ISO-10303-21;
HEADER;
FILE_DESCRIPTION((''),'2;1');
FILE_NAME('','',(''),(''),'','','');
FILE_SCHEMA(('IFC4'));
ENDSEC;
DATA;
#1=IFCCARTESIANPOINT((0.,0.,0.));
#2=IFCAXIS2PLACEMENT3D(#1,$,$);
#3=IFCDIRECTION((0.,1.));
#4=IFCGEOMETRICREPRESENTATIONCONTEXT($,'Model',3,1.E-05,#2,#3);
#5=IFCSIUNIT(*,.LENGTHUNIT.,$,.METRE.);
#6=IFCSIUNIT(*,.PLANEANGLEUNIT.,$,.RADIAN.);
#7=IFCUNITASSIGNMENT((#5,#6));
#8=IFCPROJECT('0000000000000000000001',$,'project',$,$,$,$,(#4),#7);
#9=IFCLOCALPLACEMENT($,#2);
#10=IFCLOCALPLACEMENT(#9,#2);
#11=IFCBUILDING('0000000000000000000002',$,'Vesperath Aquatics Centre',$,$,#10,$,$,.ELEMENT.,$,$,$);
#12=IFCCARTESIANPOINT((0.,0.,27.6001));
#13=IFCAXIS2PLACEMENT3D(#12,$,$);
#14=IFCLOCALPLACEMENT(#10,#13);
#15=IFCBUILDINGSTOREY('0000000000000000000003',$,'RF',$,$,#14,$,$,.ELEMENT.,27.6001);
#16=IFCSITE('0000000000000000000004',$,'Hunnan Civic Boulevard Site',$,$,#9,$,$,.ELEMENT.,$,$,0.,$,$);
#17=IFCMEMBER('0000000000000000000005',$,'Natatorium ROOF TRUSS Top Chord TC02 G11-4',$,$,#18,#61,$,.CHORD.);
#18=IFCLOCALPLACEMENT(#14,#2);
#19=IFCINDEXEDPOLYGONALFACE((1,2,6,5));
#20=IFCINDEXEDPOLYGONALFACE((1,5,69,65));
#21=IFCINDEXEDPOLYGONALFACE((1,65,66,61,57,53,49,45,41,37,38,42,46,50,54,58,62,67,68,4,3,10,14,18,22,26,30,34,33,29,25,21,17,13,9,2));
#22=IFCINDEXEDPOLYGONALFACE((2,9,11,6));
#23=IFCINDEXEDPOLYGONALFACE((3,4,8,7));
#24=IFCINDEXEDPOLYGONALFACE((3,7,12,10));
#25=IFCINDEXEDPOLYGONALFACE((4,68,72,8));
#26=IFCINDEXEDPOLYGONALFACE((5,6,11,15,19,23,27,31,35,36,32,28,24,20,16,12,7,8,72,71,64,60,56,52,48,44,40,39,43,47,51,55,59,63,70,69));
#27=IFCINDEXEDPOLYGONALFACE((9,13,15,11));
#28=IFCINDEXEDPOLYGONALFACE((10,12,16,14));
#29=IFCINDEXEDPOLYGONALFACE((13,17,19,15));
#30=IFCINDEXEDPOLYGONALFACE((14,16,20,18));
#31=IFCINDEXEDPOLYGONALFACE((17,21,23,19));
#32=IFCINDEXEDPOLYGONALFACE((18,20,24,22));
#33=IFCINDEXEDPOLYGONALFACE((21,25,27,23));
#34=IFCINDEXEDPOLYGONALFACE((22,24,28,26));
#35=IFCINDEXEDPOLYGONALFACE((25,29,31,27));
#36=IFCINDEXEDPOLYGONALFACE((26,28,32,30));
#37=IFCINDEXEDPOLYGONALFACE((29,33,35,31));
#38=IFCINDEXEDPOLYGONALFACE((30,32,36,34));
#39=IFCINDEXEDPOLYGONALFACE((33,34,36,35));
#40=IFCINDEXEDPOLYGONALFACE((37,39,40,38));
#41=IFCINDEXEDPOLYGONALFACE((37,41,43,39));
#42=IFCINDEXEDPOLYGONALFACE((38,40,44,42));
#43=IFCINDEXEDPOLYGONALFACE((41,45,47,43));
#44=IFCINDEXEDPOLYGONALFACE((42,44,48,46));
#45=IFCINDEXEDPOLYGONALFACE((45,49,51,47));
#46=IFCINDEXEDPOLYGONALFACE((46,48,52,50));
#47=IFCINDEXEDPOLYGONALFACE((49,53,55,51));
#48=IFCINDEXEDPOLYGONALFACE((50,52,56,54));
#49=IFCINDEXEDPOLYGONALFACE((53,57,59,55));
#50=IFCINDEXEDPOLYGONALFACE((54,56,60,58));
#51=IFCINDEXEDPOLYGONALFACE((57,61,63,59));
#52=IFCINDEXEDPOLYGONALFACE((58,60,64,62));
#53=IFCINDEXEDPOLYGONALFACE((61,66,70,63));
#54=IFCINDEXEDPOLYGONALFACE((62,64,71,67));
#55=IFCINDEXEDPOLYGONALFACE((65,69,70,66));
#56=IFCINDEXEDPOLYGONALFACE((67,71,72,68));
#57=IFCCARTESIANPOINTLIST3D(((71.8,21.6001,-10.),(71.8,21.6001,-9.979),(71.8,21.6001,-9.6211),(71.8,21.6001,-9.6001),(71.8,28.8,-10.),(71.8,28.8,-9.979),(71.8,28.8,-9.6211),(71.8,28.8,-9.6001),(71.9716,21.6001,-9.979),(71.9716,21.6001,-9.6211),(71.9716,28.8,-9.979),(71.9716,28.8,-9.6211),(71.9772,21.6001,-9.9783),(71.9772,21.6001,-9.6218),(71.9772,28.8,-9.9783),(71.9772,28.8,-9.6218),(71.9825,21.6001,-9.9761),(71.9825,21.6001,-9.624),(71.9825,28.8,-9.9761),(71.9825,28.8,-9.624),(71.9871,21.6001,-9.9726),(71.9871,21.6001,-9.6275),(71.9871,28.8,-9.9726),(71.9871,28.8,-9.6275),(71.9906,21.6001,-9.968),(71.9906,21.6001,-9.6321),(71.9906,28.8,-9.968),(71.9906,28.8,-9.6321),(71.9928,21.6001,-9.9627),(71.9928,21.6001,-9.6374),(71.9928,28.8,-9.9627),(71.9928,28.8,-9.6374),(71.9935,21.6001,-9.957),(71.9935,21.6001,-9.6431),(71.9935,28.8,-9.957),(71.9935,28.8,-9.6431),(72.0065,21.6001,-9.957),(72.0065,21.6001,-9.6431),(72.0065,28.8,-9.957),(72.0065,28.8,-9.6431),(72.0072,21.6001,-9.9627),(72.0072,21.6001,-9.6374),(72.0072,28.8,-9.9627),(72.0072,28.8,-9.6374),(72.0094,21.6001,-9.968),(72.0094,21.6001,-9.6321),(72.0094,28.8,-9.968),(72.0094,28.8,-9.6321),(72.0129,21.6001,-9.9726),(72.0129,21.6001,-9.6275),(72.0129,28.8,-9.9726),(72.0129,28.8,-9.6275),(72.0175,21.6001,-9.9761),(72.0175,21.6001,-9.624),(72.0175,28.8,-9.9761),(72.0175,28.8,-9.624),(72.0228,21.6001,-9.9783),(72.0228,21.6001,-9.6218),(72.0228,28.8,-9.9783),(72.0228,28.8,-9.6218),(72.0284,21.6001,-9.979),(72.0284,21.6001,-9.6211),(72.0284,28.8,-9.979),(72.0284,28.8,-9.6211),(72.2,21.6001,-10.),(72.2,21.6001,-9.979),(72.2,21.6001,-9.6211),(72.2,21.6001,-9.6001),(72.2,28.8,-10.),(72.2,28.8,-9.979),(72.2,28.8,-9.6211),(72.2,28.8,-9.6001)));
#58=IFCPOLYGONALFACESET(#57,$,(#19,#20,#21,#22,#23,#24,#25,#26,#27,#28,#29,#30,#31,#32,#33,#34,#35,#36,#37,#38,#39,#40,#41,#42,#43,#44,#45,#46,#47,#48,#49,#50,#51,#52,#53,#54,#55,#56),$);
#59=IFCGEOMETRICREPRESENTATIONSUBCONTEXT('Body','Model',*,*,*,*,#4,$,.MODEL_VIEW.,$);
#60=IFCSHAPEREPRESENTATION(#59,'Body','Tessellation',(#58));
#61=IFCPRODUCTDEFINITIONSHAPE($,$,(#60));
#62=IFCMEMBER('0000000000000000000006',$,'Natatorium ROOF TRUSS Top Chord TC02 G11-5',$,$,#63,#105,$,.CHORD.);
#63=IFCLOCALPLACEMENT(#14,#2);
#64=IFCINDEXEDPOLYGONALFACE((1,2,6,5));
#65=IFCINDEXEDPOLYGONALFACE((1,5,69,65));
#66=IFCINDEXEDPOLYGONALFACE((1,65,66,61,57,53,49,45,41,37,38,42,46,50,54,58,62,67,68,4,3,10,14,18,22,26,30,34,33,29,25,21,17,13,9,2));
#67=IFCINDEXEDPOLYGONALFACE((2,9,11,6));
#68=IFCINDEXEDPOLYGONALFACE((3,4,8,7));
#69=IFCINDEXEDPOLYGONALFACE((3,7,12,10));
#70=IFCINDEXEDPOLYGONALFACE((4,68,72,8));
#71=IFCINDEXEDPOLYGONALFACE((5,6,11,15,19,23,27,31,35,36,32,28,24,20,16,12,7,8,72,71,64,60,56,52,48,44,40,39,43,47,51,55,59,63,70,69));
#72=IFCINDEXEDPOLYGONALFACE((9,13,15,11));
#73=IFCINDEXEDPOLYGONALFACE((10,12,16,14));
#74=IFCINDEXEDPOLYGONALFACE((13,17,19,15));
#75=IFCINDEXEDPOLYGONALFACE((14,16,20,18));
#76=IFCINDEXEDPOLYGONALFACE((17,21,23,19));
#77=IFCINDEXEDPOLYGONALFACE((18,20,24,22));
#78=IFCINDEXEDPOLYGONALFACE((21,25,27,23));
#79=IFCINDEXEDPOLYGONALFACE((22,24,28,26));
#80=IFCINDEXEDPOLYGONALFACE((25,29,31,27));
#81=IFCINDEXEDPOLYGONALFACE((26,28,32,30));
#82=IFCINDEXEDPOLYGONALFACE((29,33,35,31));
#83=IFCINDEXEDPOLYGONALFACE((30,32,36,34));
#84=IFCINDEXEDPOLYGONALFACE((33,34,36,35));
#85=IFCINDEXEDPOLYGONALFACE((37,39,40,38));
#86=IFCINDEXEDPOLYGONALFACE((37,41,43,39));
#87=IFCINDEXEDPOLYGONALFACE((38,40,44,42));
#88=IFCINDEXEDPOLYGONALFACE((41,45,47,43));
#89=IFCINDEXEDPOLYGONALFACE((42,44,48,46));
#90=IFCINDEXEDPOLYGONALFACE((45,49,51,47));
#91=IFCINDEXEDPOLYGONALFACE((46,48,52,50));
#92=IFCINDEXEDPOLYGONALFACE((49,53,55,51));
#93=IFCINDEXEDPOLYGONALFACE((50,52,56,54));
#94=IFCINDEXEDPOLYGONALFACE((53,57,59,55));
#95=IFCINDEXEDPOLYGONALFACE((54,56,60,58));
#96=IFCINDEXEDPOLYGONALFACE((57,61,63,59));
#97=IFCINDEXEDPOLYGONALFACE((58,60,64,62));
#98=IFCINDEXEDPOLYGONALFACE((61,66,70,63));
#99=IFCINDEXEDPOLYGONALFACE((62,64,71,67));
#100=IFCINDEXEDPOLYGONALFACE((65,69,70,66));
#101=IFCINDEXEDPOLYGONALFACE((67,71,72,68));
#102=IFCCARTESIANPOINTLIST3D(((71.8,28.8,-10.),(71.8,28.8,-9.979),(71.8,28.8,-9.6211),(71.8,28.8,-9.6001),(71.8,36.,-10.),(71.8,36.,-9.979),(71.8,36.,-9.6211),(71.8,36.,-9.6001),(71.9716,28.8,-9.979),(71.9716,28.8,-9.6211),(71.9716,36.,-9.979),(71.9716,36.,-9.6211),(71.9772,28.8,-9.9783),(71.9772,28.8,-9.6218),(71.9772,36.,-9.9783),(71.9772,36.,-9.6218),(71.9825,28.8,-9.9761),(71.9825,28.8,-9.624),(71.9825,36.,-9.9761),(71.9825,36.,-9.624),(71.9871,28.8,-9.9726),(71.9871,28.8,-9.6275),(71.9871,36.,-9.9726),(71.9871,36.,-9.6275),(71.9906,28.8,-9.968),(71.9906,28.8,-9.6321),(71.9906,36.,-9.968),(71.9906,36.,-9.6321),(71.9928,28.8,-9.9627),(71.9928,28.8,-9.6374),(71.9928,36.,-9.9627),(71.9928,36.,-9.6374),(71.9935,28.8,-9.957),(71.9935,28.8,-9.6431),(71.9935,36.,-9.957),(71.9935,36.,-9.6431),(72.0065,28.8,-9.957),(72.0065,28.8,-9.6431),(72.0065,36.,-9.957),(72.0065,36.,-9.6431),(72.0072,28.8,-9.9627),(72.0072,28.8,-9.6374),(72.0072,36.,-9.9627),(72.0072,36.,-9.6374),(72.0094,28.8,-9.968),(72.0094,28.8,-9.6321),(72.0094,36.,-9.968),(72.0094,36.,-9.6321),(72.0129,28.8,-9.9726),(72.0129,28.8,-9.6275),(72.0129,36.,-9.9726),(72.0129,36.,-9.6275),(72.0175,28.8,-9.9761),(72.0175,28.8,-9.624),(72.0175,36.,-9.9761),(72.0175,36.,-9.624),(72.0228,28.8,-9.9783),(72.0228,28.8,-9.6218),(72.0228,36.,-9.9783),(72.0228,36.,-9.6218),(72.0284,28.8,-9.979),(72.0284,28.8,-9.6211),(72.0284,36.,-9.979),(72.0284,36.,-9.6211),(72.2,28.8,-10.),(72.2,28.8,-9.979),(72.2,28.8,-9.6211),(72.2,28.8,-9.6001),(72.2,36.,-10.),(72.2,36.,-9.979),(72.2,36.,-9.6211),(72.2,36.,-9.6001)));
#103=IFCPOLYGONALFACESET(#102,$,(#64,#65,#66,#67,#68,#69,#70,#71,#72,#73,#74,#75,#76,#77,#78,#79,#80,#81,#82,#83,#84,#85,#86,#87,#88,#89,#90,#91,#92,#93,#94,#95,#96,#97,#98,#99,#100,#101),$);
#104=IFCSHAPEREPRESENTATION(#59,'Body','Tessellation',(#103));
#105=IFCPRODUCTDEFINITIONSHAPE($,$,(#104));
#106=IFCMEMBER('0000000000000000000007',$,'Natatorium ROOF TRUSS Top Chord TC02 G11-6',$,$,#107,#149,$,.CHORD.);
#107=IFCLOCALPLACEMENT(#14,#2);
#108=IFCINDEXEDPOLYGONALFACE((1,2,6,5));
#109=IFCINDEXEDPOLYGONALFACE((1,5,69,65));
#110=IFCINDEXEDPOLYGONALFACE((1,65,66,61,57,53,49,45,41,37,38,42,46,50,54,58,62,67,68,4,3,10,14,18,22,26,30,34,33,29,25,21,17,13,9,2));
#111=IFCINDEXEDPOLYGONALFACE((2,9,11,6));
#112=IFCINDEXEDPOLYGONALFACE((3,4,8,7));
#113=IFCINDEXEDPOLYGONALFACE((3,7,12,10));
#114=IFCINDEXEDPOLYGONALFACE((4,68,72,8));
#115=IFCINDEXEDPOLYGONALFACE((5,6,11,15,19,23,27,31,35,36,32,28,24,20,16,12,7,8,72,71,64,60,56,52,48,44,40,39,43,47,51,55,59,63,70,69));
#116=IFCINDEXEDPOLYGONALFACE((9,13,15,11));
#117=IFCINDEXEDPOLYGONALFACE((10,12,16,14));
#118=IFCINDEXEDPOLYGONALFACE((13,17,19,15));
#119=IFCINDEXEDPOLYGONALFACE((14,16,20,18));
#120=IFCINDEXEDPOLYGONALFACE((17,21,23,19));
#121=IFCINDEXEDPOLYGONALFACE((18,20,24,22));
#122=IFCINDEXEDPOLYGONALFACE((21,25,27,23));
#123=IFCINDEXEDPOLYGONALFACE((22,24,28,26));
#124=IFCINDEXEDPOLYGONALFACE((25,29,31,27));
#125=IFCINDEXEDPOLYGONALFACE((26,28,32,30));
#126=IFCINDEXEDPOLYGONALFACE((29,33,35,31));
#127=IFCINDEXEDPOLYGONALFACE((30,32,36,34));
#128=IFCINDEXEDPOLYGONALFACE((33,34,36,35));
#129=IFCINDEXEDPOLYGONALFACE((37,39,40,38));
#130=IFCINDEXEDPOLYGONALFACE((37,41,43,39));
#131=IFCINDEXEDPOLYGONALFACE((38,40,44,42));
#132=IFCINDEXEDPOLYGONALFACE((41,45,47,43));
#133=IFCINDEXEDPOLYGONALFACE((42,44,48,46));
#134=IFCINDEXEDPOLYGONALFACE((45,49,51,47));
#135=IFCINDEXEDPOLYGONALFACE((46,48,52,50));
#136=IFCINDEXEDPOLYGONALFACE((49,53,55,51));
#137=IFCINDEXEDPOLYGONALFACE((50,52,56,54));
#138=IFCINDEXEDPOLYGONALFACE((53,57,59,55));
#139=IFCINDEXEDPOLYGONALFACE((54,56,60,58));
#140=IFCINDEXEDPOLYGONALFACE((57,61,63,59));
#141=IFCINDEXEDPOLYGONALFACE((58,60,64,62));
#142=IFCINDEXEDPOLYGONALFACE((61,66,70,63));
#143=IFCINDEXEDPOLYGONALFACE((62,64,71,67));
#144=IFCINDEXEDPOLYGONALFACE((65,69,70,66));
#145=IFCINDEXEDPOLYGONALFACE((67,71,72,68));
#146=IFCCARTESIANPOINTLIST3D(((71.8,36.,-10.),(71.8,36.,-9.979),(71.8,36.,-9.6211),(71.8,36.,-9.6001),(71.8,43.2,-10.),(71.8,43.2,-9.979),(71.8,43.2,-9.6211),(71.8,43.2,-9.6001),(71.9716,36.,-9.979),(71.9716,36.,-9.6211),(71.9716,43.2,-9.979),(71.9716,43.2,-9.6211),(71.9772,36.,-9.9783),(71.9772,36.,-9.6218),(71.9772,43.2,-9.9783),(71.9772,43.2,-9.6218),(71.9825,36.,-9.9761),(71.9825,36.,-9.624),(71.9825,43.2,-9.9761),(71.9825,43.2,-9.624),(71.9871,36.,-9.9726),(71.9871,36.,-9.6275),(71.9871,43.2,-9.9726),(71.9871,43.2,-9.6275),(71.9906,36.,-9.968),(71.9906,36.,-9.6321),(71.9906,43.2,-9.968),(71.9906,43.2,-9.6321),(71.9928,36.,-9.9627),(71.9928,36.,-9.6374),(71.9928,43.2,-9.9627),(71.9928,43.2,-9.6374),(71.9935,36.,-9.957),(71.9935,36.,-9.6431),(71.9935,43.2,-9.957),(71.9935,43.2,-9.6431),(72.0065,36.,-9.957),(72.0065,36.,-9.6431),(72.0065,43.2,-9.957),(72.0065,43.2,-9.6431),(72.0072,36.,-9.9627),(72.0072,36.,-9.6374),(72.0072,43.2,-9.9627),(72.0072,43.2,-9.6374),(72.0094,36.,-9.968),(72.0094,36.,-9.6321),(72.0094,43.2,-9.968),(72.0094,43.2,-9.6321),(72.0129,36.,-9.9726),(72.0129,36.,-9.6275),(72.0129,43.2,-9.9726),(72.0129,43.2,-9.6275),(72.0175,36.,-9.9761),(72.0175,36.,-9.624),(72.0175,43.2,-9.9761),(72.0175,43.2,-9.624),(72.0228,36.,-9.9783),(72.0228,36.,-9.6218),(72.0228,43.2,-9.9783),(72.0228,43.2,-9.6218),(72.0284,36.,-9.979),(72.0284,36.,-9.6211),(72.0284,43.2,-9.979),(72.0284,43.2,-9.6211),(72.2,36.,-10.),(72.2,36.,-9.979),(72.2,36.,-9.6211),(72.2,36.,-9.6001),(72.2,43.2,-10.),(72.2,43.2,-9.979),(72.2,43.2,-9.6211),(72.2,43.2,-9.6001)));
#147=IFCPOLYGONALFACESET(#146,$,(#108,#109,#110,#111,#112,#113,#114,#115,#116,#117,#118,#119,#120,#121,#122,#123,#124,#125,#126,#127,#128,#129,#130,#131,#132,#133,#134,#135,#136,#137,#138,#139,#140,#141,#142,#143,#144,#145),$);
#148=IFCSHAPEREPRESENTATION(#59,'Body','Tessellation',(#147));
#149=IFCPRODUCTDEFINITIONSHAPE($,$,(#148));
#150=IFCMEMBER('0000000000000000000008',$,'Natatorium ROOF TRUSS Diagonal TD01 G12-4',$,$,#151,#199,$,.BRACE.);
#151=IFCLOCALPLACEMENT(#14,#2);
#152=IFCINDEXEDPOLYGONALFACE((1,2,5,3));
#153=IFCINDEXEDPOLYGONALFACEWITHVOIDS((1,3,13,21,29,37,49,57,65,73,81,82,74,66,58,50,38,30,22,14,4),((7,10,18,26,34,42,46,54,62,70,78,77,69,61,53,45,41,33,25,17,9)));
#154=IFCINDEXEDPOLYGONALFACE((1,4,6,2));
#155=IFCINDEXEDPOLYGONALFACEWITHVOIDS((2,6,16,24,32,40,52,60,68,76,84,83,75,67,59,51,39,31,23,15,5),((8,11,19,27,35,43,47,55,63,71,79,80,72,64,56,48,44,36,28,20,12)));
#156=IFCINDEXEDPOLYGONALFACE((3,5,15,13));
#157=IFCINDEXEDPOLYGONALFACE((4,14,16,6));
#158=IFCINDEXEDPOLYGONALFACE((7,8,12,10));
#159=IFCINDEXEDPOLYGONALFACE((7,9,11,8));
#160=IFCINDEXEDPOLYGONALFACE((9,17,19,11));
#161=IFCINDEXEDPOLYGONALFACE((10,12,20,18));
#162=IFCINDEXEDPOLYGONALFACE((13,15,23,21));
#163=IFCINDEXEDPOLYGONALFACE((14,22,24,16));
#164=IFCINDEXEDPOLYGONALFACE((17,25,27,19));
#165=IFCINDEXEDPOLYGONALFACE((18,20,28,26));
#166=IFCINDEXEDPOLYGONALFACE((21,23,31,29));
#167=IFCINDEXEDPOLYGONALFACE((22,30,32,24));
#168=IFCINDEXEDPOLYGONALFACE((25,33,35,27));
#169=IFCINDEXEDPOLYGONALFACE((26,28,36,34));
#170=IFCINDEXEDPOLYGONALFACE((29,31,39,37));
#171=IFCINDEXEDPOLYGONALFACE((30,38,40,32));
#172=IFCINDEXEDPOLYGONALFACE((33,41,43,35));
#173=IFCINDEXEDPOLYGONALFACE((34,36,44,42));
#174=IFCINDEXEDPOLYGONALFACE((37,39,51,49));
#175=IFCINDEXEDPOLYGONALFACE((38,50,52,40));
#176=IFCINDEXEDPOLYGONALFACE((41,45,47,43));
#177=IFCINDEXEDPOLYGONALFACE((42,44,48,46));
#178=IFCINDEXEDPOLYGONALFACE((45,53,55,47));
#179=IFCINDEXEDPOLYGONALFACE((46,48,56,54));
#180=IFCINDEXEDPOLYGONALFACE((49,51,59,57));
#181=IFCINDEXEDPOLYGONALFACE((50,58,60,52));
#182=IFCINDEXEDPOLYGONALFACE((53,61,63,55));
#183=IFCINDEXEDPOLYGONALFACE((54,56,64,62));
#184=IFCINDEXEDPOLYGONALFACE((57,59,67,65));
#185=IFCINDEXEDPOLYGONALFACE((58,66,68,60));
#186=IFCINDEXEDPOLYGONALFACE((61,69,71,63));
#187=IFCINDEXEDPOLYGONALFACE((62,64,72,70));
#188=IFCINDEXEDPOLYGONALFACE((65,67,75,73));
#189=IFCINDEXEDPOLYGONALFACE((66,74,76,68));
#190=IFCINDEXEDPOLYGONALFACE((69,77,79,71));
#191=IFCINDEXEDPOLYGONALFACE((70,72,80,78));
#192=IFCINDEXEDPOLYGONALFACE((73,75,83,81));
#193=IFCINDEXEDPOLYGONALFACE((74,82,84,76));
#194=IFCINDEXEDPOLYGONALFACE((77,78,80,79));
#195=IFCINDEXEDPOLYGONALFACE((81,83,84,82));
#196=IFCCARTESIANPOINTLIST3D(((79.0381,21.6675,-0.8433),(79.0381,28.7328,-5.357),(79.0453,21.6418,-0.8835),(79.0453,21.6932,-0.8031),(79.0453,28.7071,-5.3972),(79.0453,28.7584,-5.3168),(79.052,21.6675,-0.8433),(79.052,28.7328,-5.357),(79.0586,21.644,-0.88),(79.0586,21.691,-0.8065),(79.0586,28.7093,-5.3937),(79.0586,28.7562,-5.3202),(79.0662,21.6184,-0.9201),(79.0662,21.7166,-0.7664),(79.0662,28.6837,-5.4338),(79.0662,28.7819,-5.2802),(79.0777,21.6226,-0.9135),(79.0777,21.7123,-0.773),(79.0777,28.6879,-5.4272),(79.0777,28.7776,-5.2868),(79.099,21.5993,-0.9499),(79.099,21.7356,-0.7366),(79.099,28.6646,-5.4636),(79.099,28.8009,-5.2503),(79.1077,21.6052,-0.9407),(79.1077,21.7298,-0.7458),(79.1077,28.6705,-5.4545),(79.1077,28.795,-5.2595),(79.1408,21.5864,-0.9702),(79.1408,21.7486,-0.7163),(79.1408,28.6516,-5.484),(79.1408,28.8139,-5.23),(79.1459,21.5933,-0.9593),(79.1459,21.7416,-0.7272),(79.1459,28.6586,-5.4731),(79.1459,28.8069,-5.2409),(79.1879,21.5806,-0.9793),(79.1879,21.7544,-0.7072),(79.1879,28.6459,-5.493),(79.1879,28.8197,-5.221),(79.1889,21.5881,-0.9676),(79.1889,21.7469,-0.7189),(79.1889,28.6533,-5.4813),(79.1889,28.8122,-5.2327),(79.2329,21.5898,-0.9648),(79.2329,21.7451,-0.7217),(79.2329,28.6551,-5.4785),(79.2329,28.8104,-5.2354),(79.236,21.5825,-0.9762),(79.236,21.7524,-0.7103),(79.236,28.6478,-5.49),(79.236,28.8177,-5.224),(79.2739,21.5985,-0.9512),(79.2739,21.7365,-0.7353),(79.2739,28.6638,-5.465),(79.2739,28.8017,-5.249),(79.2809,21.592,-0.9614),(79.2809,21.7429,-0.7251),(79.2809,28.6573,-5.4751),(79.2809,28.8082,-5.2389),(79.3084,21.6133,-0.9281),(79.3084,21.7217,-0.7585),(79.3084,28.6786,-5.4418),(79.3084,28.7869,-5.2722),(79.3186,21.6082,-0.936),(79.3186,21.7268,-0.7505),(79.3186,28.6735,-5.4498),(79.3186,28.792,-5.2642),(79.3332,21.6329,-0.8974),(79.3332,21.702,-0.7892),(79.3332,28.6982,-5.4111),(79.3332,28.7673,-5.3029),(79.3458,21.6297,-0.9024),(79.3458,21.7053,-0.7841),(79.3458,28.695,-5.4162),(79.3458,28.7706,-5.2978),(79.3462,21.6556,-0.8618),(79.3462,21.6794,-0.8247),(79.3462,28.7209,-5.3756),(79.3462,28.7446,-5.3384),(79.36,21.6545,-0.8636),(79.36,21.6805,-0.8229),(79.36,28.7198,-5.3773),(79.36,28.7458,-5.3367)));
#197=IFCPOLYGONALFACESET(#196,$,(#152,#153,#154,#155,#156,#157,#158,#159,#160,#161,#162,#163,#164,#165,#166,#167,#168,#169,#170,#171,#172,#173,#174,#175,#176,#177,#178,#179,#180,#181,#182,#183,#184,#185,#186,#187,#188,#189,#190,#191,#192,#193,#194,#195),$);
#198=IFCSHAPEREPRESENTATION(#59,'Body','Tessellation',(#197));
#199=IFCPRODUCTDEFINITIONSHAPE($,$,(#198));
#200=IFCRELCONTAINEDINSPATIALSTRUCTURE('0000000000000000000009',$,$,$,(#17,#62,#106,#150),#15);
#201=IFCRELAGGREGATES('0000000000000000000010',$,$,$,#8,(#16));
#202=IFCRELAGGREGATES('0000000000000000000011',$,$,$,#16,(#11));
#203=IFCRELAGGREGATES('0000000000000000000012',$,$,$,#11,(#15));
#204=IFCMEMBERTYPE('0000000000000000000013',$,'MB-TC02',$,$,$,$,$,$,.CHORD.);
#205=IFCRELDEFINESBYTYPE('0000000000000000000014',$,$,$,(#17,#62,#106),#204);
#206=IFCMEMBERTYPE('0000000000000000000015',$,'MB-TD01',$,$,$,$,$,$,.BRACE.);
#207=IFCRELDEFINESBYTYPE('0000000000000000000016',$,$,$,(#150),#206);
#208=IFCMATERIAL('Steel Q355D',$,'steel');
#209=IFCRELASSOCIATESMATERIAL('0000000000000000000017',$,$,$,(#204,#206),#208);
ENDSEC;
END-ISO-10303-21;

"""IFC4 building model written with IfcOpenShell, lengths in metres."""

from ifc_helpers import new_model, si_unit, direction, frame, origin, origin_2d, place, context, subcontext, project, spatial, hollow_circle, i_section, extrude, material, material_profile, profile_set, type_object, element, save


model = new_model("IFC4")

# Units and contexts
model_context = context("Model", 3, precision=1e-05, world=origin(), true_north=direction((0.0, 1.0)))
body_context = subcontext(model_context, "Body", "Model", "MODEL_VIEW")
ifc_project = project(units=[si_unit("LENGTHUNIT", "METRE"), si_unit("PLANEANGLEUNIT", "RADIAN")], contexts=[model_context])

# Site, building, storey
site_placement = place(None, origin())
site = spatial("IfcSite", under=ifc_project, at=site_placement, Name="Hunnan Civic Boulevard Site", CompositionType="ELEMENT", RefElevation=0.0)
building_placement = place(site_placement, origin())
building = spatial("IfcBuilding", under=site, at=building_placement, Name="Vesperath Aquatics Centre", CompositionType="ELEMENT")
storey_placement = place(building_placement, frame((0.0, 0.0, 27.6001)))
storey = spatial("IfcBuildingStorey", under=building, at=storey_placement, Name="RF", CompositionType="ELEMENT", Elevation=27.6001)

# Members
ifc_material_1 = material(Name="Steel Q355D", Category="steel")
ifc_material_profile_1 = material_profile(ifc_material_1, i_section(OverallWidth=0.3999, OverallDepth=0.3999, WebThickness=0.0129, FlangeThickness=0.021, FilletRadius=0.022, at=origin_2d()), Name="HW 400x400x13x21")
ifc_profile_set_1 = profile_set([ifc_material_profile_1], Name="Steel Q355D")
member_type_1 = type_object("IfcMemberType", Name="MB-TC02", PredefinedType="CHORD", material=ifc_profile_set_1)
for number, where, z_axis, x_axis, name in (
    (1, (72.0, 21.6001, -9.8), (0.0, 1.0, 0.0), (-1.0, 0.0, 0.0), "Natatorium ROOF TRUSS Top Chord TC02 G11-4"),
    (2, (72.0, 28.8, -9.8), (0.0, 1.0, 0.0), (-1.0, 0.0, 0.0), "Natatorium ROOF TRUSS Top Chord TC02 G11-5"),
    (3, (72.0, 36.0, -9.8), (0.0, 1.0, 0.0), (-1.0, 0.0, 0.0), "Natatorium ROOF TRUSS Top Chord TC02 G11-6"),
):
    element("IfcMember", number, at=place(storey_placement, frame(where, z_axis=z_axis, x_axis=x_axis)), inside=storey, type_object=member_type_1, Name=name, PredefinedType="CHORD", context=body_context, shape_type="SweptSolid", body=[
        extrude(i_section(OverallWidth=0.3999, OverallDepth=0.3999, WebThickness=0.0129, FlangeThickness=0.021, FilletRadius=0.022, at=origin_2d()), origin(), (0.0, 0.0, 1.0), 7.2),
    ])
ifc_material_profile_2 = material_profile(ifc_material_1, hollow_circle(Radius=0.1619, WallThickness=0.0139, at=origin_2d()), Name="CHS 323.9x14")
ifc_profile_set_2 = profile_set([ifc_material_profile_2], Name="Steel Q355D")
member_type_2 = type_object("IfcMemberType", Name="MB-TD01", PredefinedType="BRACE", material=ifc_profile_set_2)
for number, where, z_axis, x_axis, name in (
    (4, (79.2, 21.6675, -0.8433), (0.0, 0.842707, -0.538373), (-1.0, 0.0, 0.0), "Natatorium ROOF TRUSS Diagonal TD01 G12-4"),
):
    element("IfcMember", number, at=place(storey_placement, frame(where, z_axis=z_axis, x_axis=x_axis)), inside=storey, type_object=member_type_2, Name=name, PredefinedType="BRACE", context=body_context, shape_type="SweptSolid", body=[
        extrude(hollow_circle(Radius=0.1619, WallThickness=0.0139, at=origin_2d()), origin(), (0.0, 0.0, 1.0), 8.384),
    ])

save(model, "model.ifc")
